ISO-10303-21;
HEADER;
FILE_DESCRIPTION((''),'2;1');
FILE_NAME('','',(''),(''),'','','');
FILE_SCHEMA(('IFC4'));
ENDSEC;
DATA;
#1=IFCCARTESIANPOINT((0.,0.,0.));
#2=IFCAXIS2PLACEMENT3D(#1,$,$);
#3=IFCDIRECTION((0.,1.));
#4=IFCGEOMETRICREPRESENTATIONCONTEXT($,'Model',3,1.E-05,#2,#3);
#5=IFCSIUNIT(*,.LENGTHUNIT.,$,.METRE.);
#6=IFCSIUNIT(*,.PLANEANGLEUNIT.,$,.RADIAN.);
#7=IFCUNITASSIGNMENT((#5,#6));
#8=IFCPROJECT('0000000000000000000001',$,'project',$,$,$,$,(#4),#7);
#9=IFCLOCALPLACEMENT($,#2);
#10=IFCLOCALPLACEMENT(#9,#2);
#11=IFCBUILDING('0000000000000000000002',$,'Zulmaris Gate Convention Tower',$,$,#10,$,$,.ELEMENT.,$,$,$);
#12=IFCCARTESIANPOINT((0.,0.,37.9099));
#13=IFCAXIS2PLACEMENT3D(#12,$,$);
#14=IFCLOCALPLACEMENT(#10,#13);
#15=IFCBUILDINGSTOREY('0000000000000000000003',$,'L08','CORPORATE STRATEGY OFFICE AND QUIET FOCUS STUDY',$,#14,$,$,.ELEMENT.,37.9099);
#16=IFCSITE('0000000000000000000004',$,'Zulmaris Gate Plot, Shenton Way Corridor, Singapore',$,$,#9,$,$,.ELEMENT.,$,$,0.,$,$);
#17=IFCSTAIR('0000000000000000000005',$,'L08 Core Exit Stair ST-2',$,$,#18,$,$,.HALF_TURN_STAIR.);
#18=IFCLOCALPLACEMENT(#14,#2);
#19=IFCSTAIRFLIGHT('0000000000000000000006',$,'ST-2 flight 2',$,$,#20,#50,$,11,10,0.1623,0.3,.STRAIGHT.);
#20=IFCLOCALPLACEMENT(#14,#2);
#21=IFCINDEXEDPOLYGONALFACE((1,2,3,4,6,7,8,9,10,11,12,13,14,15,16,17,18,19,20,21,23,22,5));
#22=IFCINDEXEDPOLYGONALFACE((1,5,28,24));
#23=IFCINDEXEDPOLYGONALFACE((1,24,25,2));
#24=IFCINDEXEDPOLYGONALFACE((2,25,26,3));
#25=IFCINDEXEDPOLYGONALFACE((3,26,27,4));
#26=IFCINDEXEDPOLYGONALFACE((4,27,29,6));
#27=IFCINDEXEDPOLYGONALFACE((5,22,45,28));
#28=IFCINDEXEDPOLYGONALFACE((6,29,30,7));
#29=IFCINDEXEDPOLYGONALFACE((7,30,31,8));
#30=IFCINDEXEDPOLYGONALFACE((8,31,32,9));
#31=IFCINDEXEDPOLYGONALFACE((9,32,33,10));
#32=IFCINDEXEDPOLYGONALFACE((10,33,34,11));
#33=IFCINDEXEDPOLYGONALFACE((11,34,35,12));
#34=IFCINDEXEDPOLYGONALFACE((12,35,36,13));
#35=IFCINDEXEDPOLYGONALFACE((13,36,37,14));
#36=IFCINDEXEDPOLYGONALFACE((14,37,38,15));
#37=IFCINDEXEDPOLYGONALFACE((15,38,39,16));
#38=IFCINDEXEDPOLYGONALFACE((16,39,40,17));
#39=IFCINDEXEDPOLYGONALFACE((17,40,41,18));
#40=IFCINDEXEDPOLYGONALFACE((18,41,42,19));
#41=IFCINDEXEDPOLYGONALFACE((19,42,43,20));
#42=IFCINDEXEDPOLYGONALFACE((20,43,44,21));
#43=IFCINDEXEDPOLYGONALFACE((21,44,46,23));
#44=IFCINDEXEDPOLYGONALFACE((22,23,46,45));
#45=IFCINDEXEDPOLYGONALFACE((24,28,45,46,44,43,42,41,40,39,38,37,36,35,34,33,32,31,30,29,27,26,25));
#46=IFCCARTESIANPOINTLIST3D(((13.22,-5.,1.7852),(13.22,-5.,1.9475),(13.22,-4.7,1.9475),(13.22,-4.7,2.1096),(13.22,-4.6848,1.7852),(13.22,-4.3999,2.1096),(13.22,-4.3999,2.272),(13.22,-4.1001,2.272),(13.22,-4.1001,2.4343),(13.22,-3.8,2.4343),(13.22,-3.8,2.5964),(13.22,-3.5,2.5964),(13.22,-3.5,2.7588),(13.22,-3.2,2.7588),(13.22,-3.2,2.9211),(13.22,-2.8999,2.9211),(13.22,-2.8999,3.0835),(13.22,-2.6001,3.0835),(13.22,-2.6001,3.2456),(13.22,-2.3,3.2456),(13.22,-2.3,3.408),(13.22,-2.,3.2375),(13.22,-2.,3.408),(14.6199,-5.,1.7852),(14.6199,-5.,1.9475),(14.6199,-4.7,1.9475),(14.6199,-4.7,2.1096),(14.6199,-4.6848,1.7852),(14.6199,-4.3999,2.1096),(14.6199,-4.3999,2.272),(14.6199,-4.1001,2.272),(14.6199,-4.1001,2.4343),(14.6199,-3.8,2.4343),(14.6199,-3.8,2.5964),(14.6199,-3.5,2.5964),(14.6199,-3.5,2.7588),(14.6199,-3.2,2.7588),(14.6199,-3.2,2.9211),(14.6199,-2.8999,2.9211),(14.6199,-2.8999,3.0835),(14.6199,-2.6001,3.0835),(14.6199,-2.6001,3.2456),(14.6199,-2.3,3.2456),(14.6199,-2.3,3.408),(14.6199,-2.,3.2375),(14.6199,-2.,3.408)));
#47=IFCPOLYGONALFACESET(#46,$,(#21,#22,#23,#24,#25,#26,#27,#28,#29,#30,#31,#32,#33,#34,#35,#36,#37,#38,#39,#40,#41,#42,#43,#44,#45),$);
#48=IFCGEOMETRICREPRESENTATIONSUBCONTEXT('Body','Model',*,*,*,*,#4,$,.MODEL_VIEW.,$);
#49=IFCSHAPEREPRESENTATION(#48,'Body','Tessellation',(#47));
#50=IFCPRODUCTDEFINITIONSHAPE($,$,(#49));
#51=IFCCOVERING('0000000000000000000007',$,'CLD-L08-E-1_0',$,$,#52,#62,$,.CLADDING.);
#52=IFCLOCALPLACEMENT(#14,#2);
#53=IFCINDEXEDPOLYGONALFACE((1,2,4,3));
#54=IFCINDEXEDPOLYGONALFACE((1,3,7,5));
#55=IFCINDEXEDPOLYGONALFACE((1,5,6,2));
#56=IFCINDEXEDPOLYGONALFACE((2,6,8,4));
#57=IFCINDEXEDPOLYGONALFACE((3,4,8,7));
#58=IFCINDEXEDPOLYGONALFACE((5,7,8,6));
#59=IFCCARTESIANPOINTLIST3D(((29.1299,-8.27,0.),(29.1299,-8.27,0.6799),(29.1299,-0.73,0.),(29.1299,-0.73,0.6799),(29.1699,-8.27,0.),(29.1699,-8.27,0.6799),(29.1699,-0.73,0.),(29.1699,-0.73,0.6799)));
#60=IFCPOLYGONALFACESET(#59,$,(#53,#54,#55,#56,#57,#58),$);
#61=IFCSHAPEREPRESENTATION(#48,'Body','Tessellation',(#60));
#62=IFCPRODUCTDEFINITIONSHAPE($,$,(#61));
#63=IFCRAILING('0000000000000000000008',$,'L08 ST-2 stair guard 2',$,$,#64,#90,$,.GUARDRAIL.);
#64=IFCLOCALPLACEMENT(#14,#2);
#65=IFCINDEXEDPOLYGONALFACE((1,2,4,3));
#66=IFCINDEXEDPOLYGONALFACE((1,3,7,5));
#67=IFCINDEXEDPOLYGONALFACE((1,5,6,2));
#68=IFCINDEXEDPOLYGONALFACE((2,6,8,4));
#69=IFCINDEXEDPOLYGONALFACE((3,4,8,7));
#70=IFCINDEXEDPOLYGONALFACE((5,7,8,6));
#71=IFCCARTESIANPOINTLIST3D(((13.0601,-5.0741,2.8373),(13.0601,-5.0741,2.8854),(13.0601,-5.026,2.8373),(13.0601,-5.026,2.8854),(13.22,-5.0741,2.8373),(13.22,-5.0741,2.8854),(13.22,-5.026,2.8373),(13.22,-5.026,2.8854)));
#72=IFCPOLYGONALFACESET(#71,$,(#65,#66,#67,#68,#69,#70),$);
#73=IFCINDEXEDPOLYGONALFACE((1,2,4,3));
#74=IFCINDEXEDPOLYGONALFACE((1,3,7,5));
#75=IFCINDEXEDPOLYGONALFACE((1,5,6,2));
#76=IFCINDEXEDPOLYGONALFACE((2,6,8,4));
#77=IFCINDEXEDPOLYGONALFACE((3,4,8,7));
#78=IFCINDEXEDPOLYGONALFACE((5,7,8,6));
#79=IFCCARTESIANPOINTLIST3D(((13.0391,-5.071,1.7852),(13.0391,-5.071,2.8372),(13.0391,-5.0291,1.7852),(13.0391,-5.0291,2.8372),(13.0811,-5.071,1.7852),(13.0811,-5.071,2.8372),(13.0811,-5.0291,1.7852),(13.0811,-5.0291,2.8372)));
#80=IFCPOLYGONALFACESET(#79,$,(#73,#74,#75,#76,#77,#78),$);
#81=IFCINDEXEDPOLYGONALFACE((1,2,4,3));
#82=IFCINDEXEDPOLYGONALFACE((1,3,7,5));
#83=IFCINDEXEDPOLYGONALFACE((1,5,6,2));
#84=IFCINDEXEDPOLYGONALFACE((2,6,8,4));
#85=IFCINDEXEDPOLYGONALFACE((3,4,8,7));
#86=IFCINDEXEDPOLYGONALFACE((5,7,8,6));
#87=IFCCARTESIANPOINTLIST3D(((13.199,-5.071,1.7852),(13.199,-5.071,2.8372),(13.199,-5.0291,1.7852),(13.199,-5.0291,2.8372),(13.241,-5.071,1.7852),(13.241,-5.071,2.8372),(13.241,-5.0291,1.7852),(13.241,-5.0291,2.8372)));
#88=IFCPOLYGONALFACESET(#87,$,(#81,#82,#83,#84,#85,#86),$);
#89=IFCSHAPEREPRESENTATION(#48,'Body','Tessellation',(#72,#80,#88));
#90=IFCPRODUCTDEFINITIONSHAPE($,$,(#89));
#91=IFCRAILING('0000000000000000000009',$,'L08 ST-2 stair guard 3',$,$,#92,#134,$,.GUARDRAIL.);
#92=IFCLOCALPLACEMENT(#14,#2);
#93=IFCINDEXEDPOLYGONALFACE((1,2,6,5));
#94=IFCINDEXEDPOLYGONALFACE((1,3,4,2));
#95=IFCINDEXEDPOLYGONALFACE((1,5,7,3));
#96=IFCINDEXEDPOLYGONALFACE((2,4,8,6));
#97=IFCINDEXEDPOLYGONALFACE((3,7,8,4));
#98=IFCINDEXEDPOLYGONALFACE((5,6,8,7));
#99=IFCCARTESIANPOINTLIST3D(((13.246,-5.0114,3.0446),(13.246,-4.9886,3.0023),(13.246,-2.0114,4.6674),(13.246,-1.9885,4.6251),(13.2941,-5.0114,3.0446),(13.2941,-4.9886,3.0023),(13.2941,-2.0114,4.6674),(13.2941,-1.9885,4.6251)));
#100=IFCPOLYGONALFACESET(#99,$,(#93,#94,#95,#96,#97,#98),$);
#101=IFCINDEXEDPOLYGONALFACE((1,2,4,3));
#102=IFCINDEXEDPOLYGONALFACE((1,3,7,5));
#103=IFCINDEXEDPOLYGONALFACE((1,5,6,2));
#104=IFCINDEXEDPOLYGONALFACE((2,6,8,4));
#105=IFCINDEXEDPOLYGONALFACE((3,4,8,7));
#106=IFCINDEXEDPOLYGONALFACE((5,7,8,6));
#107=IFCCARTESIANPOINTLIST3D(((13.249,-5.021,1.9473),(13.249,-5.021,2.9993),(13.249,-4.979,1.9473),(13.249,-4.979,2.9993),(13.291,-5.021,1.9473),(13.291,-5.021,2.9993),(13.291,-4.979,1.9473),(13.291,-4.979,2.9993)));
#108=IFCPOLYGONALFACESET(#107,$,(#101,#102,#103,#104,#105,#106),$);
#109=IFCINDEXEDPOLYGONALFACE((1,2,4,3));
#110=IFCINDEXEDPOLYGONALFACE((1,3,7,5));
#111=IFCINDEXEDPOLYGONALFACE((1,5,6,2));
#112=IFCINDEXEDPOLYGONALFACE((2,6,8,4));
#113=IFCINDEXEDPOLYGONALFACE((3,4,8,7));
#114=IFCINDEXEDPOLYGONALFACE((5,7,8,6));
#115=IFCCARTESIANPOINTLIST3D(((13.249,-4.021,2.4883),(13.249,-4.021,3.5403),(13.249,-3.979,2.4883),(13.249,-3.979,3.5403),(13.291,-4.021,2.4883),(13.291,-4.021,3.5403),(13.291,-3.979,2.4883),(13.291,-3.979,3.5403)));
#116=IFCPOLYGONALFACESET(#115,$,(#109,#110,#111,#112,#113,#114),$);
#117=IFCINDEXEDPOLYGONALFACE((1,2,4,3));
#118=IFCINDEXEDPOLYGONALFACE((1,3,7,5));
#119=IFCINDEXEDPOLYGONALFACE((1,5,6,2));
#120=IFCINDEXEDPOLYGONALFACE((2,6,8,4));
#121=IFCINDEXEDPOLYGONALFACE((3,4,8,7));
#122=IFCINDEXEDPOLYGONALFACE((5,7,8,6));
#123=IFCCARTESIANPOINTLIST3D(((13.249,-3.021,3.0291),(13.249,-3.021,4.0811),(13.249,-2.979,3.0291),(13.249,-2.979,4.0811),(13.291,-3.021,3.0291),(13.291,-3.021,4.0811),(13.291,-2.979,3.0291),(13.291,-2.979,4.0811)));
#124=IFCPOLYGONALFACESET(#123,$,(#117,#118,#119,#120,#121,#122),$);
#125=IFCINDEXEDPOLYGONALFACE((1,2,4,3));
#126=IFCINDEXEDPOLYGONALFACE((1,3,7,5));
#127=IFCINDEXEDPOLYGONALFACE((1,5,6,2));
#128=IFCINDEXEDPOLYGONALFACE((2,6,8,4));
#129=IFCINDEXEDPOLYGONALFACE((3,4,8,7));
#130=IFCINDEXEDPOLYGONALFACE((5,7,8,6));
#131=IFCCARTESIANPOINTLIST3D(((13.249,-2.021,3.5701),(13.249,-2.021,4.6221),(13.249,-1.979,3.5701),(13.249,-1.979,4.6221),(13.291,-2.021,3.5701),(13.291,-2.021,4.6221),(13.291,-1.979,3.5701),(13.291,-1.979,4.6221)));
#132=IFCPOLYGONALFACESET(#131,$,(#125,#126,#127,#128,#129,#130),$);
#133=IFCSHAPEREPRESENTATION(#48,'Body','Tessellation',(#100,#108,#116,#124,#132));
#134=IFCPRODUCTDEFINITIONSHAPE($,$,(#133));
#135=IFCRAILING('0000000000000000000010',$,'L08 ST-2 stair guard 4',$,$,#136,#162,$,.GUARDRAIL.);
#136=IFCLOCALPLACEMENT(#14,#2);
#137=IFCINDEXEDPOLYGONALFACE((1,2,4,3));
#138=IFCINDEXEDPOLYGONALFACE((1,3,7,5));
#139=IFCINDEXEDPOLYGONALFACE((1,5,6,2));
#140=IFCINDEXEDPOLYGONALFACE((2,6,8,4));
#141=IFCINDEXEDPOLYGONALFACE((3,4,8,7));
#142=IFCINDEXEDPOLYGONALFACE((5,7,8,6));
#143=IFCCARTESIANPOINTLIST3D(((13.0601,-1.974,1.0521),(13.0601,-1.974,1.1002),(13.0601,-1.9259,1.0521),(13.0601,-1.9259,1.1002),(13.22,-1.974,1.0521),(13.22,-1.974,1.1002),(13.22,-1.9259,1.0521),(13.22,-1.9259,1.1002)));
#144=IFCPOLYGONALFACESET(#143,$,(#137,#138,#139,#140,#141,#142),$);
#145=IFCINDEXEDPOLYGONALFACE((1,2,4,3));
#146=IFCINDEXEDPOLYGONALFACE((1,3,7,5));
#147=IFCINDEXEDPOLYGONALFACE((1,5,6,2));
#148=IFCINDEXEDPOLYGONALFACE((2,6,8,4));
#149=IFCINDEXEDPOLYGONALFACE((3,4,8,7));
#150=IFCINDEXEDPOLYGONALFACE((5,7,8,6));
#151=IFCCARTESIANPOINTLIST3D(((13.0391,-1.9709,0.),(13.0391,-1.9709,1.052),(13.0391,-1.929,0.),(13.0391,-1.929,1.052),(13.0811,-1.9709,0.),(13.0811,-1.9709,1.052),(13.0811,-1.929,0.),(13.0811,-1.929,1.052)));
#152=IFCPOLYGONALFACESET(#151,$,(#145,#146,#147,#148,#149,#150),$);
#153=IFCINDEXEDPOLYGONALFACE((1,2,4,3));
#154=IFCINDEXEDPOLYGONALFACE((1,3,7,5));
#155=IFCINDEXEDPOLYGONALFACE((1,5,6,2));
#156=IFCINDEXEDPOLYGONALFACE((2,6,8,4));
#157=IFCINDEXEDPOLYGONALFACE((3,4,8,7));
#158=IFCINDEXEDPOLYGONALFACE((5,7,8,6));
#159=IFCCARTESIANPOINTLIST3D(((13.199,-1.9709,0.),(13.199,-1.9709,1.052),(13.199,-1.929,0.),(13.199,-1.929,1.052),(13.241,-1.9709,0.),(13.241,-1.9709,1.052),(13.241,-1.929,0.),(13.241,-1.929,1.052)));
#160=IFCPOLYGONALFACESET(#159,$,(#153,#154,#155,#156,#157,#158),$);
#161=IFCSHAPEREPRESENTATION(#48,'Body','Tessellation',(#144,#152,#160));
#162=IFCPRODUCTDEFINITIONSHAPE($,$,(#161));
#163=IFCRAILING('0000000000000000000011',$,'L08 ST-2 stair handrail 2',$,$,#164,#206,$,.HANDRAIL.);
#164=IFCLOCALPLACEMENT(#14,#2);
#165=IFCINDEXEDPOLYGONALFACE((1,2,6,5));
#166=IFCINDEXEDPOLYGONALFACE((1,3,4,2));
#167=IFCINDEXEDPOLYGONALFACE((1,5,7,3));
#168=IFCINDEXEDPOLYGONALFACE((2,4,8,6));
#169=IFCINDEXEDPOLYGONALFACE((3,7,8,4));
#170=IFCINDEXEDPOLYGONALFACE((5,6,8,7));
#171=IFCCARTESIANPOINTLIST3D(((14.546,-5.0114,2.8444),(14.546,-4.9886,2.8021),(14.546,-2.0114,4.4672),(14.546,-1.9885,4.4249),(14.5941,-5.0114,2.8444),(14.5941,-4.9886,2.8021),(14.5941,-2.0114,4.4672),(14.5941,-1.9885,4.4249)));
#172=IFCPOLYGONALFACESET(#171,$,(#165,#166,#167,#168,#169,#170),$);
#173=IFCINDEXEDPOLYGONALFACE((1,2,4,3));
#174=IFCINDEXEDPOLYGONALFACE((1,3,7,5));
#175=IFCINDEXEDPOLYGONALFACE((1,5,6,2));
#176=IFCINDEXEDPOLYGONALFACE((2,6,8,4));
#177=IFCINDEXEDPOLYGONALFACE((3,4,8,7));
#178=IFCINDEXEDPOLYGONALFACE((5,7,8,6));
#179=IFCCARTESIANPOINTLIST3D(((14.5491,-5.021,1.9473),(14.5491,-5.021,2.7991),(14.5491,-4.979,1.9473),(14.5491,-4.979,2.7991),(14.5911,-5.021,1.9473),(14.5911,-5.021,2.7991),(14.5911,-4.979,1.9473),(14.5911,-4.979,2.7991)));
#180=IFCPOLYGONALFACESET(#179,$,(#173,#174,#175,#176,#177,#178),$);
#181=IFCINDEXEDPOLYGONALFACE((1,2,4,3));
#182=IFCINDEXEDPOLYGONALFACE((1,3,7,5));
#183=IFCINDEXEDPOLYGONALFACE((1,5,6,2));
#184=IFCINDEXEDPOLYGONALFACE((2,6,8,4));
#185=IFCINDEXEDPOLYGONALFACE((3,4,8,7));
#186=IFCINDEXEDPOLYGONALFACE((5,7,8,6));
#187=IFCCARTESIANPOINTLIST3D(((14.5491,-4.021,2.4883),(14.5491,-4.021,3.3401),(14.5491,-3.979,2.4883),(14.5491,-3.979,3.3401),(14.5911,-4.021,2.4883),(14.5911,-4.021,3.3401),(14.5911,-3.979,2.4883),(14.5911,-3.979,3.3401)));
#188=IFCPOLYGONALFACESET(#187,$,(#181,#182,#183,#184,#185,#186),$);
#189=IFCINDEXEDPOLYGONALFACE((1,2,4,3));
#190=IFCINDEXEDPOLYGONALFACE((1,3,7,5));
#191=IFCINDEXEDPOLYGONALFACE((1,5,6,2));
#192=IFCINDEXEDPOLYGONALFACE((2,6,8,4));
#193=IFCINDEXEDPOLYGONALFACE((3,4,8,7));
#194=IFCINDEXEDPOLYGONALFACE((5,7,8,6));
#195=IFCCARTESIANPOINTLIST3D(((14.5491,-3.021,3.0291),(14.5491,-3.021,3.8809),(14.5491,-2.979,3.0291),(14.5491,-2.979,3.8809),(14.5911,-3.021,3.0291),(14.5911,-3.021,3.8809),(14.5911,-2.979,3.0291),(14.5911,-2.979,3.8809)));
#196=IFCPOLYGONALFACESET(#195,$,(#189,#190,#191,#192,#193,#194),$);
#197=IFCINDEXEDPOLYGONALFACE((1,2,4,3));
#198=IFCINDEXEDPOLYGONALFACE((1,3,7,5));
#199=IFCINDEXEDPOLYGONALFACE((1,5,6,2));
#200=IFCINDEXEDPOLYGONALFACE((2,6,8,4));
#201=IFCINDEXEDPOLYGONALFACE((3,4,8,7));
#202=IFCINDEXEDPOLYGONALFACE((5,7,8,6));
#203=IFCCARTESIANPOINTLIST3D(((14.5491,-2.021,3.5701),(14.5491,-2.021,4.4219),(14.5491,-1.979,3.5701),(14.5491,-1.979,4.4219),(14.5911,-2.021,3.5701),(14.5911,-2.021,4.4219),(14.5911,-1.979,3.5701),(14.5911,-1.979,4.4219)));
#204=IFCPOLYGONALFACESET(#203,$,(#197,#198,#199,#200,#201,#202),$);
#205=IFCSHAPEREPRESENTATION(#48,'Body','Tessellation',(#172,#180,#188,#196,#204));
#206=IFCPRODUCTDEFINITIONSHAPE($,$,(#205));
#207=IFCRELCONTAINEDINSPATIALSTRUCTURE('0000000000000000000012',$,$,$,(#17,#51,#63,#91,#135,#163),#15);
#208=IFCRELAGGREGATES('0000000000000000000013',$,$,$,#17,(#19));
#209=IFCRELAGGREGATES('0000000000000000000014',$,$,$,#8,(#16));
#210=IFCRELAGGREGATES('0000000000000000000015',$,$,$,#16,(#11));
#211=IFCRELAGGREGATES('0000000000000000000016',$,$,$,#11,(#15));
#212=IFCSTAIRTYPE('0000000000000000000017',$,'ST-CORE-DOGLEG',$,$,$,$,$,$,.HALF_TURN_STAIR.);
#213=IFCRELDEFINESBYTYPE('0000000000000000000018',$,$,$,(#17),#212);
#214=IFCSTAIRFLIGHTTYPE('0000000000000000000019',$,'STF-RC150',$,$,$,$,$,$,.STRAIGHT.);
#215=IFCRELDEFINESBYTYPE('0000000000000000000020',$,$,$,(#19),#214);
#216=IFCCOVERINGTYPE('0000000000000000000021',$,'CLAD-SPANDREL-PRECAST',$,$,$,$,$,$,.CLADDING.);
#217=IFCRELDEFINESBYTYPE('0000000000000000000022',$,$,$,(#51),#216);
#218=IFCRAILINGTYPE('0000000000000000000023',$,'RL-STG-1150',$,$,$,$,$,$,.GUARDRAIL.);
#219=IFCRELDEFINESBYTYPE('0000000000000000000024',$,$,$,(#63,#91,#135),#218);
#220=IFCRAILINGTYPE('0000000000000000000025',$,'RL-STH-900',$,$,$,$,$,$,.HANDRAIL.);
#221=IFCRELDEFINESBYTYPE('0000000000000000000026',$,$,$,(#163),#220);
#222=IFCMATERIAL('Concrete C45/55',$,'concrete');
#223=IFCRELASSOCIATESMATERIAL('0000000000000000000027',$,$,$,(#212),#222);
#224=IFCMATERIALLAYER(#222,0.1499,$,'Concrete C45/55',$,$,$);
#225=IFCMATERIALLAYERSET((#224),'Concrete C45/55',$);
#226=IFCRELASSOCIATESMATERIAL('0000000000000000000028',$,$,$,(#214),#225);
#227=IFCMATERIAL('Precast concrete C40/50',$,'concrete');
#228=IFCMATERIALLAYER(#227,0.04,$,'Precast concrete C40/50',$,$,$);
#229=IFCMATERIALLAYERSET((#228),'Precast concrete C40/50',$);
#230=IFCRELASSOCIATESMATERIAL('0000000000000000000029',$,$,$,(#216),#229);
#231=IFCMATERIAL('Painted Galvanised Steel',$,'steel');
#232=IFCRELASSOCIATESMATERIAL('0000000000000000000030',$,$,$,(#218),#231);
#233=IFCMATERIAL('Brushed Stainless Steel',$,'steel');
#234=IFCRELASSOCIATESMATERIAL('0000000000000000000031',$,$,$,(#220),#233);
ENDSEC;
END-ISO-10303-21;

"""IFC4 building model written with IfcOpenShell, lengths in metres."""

from ifc_helpers import new_model, si_unit, direction, frame, frame_2d, origin, origin_2d, place, context, subcontext, project, spatial, polyline, rectangle, outline, extrude, material, layer, layer_set, type_object, element, aggregate, save


model = new_model("IFC4")

# Units and contexts
model_context = context("Model", 3, precision=1e-05, world=origin(), true_north=direction((0.0, 1.0)))
body_context = subcontext(model_context, "Body", "Model", "MODEL_VIEW")
ifc_project = project(units=[si_unit("LENGTHUNIT", "METRE"), si_unit("PLANEANGLEUNIT", "RADIAN")], contexts=[model_context])

# Site, building, storey
site_placement = place(None, origin())
site = spatial("IfcSite", under=ifc_project, at=site_placement, Name="Zulmaris Gate Plot, Shenton Way Corridor, Singapore", CompositionType="ELEMENT", RefElevation=0.0)
building_placement = place(site_placement, origin())
building = spatial("IfcBuilding", under=site, at=building_placement, Name="Zulmaris Gate Convention Tower", CompositionType="ELEMENT")
storey_placement = place(building_placement, frame((0.0, 0.0, 37.9099)))
storey = spatial("IfcBuildingStorey", under=building, at=storey_placement, Name="L08", Description="CORPORATE STRATEGY OFFICE AND QUIET FOCUS STUDY", CompositionType="ELEMENT", Elevation=37.9099)

# Shared definitions
ifc_material_1 = material(Name="Precast concrete C40/50", Category="concrete")

# Stair, stair flight
ifc_material_2 = material(Name="Concrete C45/55", Category="concrete")
stair_type = type_object("IfcStairType", Name="ST-CORE-DOGLEG", PredefinedType="HALF_TURN_STAIR", material=ifc_material_2)
stair_placement = place(storey_placement, origin())
stair = element("IfcStair", 1, at=stair_placement, inside=storey, type_object=stair_type, Name="L08 Core Exit Stair ST-2", PredefinedType="HALF_TURN_STAIR")
ifc_layer_1 = layer(ifc_material_2, 0.1499, Name="Concrete C45/55")
ifc_layer_set_1 = layer_set([ifc_layer_1], Name="Concrete C45/55")
stair_flight_type = type_object("IfcStairFlightType", Name="STF-RC150", PredefinedType="STRAIGHT", material=ifc_layer_set_1)
stair_flight_placement = place(storey_placement, frame((13.9199, -5.0, 1.7852), z_axis=(0.0, 0.0, 1.0), x_axis=(0.0, 1.0, 0.0)))
stair_flight = element("IfcStairFlight", 2, at=stair_flight_placement, type_object=stair_flight_type, Name="ST-2 flight 2", NumberOfRisers=11, NumberOfTreads=10, PredefinedType="STRAIGHT", RiserHeight=0.1623, TreadLength=0.3, context=body_context, shape_type="SweptSolid", body=[
    extrude(outline(polyline([(0.0, 0.0), (0.0, 0.1624), (0.3, 0.1624), (0.3, 0.3245), (0.6001, 0.3245), (0.6001, 0.4868), (0.8999, 0.4868), (0.8999, 0.6492), (1.2, 0.6492), (1.2, 0.8113), (1.5, 0.8113), (1.5, 0.9736), (1.8, 0.9736), (1.8, 1.136), (2.1001, 1.136), (2.1001, 1.2983), (2.3999, 1.2983), (2.3999, 1.4604), (2.7, 1.4604), (2.7, 1.6228), (3.0, 1.6228), (3.0, 1.7852), (3.0, 1.4524), (0.3152, 0.0), (0.0, 0.0)])), frame((0.0, 0.7, 0.0), z_axis=(0.0, -1.0, 0.0), x_axis=(1.0, 0.0, 0.0)), (0.0, 0.0, 1.0), 1.3999),
])
aggregate(stair, [stair_flight])

# Covering
ifc_layer_2 = layer(ifc_material_1, 0.04, Name="Precast concrete C40/50")
ifc_layer_set_2 = layer_set([ifc_layer_2], Name="Precast concrete C40/50")
covering_type = type_object("IfcCoveringType", Name="CLAD-SPANDREL-PRECAST", PredefinedType="CLADDING", material=ifc_layer_set_2)
covering_placement = place(storey_placement, frame((29.1499, -8.27, 0.0), z_axis=(0.0, 0.0, 1.0), x_axis=(0.0, 1.0, 0.0)))
element("IfcCovering", 3, at=covering_placement, inside=storey, type_object=covering_type, Name="CLD-L08-E-1_0", PredefinedType="CLADDING", context=body_context, shape_type="SweptSolid", body=[
    extrude(rectangle(XDim=7.54, YDim=0.04, at=frame_2d((3.77, 0.0))), origin(), (0.0, 0.0, 1.0), 0.6799),
])

# Railings
ifc_material_3 = material(Name="Painted Galvanised Steel", Category="steel")
railing_type_1 = type_object("IfcRailingType", Name="RL-STG-1150", PredefinedType="GUARDRAIL", material=ifc_material_3)
railing_1_placement = place(storey_placement, frame((13.0601, -5.05, 1.7852)))
element("IfcRailing", 4, at=railing_1_placement, inside=storey, type_object=railing_type_1, Name="L08 ST-2 stair guard 2", PredefinedType="GUARDRAIL", context=body_context, shape_type="SweptSolid", body=[
    extrude(rectangle(XDim=0.0481, YDim=0.0481, at=origin_2d()), frame((0.0, 0.0, 1.0762), z_axis=(1.0, 0.0, 0.0), x_axis=(0.0, 1.0, 0.0)), (0.0, 0.0, 1.0), 0.1599),
    extrude(rectangle(XDim=0.042, YDim=0.042, at=origin_2d()), origin(), (0.0, 0.0, 1.0), 1.052),
    extrude(rectangle(XDim=0.042, YDim=0.042, at=origin_2d()), frame((0.1599, 0.0, 0.0)), (0.0, 0.0, 1.0), 1.052),
])
railing_2_placement = place(storey_placement, frame((13.27, -5.0, 1.9473)))
element("IfcRailing", 5, at=railing_2_placement, inside=storey, type_object=railing_type_1, Name="L08 ST-2 stair guard 3", PredefinedType="GUARDRAIL", context=body_context, shape_type="SweptSolid", body=[
    extrude(rectangle(XDim=0.0481, YDim=0.0481, at=origin_2d()), frame((0.0, 0.0, 1.0762), z_axis=(0.0, 0.879562, 0.475785), x_axis=(-1.0, 0.0, 0.0)), (0.0, 0.0, 1.0), 3.4109),
    extrude(rectangle(XDim=0.042, YDim=0.042, at=origin_2d()), origin(), (0.0, 0.0, 1.0), 1.052),
    extrude(rectangle(XDim=0.042, YDim=0.042, at=origin_2d()), frame((0.0, 1.0, 0.541)), (0.0, 0.0, 1.0), 1.052),
    extrude(rectangle(XDim=0.042, YDim=0.042, at=origin_2d()), frame((0.0, 2.0, 1.0818)), (0.0, 0.0, 1.0), 1.052),
    extrude(rectangle(XDim=0.042, YDim=0.042, at=origin_2d()), frame((0.0, 3.0, 1.6228)), (0.0, 0.0, 1.0), 1.052),
])
railing_3_placement = place(storey_placement, frame((13.0601, -1.95, 0.0)))
element("IfcRailing", 6, at=railing_3_placement, inside=storey, type_object=railing_type_1, Name="L08 ST-2 stair guard 4", PredefinedType="GUARDRAIL", context=body_context, shape_type="SweptSolid", body=[
    extrude(rectangle(XDim=0.0481, YDim=0.0481, at=origin_2d()), frame((0.0, 0.0, 1.0762), z_axis=(1.0, 0.0, 0.0), x_axis=(0.0, 1.0, 0.0)), (0.0, 0.0, 1.0), 0.1599),
    extrude(rectangle(XDim=0.042, YDim=0.042, at=origin_2d()), origin(), (0.0, 0.0, 1.0), 1.052),
    extrude(rectangle(XDim=0.042, YDim=0.042, at=origin_2d()), frame((0.1599, 0.0, 0.0)), (0.0, 0.0, 1.0), 1.052),
])
ifc_material_4 = material(Name="Brushed Stainless Steel", Category="steel")
railing_type_2 = type_object("IfcRailingType", Name="RL-STH-900", PredefinedType="HANDRAIL", material=ifc_material_4)
railing_4_placement = place(storey_placement, frame((14.5701, -5.0, 1.9473)))
element("IfcRailing", 7, at=railing_4_placement, inside=storey, type_object=railing_type_2, Name="L08 ST-2 stair handrail 2", PredefinedType="HANDRAIL", context=body_context, shape_type="SweptSolid", body=[
    extrude(rectangle(XDim=0.0481, YDim=0.0481, at=origin_2d()), frame((0.0, 0.0, 0.876), z_axis=(0.0, 0.879562, 0.475785), x_axis=(-1.0, 0.0, 0.0)), (0.0, 0.0, 1.0), 3.4109),
    extrude(rectangle(XDim=0.042, YDim=0.042, at=origin_2d()), origin(), (0.0, 0.0, 1.0), 0.8518),
    extrude(rectangle(XDim=0.042, YDim=0.042, at=origin_2d()), frame((0.0, 1.0, 0.541)), (0.0, 0.0, 1.0), 0.8518),
    extrude(rectangle(XDim=0.042, YDim=0.042, at=origin_2d()), frame((0.0, 2.0, 1.0818)), (0.0, 0.0, 1.0), 0.8518),
    extrude(rectangle(XDim=0.042, YDim=0.042, at=origin_2d()), frame((0.0, 3.0, 1.6228)), (0.0, 0.0, 1.0), 0.8518),
])

save(model, "model.ifc")
